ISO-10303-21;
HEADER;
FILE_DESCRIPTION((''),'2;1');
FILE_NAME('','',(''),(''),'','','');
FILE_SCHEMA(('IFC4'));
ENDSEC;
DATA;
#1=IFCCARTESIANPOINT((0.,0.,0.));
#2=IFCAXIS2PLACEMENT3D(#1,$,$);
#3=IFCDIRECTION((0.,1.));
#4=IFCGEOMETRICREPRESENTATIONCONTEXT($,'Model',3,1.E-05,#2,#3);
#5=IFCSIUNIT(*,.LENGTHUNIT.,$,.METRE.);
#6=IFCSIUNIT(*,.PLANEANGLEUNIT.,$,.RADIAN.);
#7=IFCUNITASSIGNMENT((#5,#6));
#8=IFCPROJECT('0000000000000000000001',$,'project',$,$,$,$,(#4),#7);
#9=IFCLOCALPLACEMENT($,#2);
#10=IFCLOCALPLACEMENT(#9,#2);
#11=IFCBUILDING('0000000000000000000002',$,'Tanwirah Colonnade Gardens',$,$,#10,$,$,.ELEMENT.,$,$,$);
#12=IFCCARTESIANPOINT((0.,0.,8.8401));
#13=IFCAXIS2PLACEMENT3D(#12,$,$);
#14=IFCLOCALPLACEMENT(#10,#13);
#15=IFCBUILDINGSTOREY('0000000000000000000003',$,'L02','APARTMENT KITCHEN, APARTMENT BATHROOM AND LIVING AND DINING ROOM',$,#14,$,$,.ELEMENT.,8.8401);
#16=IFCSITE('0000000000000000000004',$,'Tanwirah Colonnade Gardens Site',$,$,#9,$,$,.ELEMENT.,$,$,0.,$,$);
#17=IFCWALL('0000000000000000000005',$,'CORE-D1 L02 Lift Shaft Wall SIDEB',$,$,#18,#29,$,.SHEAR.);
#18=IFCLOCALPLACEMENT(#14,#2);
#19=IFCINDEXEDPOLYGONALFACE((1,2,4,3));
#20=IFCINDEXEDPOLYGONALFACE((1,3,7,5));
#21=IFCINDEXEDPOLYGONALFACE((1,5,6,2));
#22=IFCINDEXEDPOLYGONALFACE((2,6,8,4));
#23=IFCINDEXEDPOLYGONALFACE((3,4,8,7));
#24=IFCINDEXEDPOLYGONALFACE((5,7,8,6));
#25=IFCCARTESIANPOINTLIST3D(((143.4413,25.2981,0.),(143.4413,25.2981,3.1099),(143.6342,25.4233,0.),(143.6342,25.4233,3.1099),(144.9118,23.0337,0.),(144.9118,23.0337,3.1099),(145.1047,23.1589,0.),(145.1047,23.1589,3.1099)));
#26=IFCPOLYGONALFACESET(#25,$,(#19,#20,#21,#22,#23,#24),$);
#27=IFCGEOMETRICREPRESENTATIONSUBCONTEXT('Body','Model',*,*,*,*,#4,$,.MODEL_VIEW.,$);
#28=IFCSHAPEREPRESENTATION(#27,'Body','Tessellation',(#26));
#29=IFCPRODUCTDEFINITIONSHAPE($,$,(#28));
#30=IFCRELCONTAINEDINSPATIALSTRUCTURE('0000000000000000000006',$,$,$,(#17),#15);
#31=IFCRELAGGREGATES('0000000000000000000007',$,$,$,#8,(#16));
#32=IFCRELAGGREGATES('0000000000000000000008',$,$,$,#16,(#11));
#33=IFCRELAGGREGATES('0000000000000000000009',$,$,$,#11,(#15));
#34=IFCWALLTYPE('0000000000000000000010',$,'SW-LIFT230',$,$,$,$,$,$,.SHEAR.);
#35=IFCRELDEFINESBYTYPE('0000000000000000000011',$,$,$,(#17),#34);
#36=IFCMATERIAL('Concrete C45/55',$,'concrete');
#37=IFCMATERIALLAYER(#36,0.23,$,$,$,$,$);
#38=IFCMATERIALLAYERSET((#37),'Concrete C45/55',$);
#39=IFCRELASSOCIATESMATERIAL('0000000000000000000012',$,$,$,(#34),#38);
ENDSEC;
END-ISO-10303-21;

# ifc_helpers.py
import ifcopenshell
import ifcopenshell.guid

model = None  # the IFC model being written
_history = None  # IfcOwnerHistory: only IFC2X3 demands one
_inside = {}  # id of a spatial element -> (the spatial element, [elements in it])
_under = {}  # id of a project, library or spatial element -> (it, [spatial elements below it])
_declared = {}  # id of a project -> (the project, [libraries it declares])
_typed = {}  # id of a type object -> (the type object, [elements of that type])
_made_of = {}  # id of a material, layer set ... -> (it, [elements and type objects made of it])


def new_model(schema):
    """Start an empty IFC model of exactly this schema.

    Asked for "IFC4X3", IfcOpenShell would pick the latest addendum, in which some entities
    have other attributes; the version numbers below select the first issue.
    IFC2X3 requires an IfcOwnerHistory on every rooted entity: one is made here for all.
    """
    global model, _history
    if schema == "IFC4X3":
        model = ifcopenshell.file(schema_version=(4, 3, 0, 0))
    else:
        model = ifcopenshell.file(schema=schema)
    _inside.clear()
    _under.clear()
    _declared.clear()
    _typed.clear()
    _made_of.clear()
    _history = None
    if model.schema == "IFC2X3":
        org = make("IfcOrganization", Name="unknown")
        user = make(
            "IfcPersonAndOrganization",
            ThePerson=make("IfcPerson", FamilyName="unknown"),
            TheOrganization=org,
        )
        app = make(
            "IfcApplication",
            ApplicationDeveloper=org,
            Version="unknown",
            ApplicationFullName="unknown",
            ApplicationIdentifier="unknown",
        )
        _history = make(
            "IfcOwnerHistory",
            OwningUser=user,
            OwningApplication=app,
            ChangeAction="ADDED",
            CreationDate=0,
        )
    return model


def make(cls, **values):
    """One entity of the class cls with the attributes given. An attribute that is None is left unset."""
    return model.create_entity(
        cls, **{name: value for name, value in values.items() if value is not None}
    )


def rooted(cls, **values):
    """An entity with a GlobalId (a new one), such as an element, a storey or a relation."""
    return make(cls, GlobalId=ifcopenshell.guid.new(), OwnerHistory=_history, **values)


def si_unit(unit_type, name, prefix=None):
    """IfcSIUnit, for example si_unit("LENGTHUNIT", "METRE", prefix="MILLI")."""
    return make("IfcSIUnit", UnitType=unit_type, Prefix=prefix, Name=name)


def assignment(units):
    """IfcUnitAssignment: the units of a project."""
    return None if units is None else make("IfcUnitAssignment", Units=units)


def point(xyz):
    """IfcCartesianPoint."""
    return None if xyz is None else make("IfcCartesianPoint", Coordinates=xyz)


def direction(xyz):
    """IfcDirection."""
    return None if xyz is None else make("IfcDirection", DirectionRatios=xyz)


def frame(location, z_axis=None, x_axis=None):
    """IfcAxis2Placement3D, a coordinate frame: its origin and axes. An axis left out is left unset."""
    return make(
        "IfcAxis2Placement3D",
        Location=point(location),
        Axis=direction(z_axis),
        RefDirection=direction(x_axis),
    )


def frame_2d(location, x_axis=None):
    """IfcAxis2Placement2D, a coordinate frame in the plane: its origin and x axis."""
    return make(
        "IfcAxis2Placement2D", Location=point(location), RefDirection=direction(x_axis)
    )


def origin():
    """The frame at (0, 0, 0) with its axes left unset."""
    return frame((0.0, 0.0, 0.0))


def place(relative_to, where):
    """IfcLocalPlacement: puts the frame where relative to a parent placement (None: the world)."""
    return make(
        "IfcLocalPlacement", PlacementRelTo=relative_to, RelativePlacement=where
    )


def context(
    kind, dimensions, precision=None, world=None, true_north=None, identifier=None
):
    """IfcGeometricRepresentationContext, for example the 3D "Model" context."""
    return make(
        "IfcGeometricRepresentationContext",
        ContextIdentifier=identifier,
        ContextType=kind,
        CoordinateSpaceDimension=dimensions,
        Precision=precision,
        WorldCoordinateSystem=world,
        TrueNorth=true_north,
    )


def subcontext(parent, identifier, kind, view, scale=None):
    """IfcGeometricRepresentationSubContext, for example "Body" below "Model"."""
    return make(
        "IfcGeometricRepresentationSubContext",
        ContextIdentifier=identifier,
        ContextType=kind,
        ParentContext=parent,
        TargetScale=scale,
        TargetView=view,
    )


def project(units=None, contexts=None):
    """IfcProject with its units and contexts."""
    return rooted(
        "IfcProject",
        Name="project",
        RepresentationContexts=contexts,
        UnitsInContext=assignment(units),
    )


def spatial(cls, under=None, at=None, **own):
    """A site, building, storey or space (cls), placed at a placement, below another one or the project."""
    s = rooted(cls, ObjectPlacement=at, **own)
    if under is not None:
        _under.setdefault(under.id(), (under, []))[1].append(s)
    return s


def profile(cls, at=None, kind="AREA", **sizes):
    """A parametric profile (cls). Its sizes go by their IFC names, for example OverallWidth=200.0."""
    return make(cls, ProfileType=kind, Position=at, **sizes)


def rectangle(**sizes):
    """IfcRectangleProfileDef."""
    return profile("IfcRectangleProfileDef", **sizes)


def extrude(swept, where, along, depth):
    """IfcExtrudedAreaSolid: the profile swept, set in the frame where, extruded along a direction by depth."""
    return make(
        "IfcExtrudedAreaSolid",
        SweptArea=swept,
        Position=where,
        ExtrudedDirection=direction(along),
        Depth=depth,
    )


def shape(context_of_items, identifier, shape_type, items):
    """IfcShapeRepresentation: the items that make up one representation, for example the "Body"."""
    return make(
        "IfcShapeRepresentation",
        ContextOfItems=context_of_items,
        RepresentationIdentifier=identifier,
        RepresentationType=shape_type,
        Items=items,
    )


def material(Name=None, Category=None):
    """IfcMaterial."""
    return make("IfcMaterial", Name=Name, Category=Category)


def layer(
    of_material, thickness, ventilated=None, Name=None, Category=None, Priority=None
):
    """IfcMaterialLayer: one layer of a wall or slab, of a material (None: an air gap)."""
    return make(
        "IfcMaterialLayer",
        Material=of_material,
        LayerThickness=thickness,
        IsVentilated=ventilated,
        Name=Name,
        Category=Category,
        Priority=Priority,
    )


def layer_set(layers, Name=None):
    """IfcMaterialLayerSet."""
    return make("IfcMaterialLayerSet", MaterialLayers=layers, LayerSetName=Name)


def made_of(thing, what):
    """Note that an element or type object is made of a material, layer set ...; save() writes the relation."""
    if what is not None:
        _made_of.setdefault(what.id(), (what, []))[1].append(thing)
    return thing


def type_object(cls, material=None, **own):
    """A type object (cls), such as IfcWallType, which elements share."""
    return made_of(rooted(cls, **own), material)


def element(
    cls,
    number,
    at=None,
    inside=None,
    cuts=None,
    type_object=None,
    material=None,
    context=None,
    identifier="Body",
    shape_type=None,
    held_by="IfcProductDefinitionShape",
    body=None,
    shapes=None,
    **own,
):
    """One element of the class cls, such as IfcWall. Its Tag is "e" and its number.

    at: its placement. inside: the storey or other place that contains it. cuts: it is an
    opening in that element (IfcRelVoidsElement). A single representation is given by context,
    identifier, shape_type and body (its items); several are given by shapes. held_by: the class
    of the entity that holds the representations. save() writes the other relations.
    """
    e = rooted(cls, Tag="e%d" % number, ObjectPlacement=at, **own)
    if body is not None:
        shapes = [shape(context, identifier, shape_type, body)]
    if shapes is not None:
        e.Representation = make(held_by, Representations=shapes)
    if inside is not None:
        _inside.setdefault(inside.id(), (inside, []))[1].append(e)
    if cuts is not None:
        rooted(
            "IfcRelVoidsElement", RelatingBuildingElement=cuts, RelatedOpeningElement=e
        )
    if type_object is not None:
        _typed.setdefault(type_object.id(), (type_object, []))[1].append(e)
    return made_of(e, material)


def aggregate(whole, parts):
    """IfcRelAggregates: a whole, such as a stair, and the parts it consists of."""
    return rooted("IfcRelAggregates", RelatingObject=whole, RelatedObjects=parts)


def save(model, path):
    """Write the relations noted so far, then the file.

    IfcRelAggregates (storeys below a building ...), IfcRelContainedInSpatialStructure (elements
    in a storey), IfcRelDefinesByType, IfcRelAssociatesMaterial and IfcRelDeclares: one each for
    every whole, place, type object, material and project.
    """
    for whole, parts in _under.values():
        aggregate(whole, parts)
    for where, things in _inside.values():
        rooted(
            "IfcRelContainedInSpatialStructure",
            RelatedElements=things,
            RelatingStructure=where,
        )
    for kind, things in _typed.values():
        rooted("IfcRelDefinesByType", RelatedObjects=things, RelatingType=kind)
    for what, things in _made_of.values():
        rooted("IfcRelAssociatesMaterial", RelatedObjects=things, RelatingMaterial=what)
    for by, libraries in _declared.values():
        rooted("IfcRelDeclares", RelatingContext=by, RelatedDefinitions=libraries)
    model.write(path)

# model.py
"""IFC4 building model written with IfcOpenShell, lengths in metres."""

from ifc_helpers import new_model, si_unit, direction, frame, frame_2d, origin, place, context, subcontext, project, spatial, rectangle, extrude, material, layer, layer_set, type_object, element, save


model = new_model("IFC4")

# Units and contexts
model_context = context("Model", 3, precision=1e-05, world=origin(), true_north=direction((0.0, 1.0)))
body_context = subcontext(model_context, "Body", "Model", "MODEL_VIEW")
ifc_project = project(units=[si_unit("LENGTHUNIT", "METRE"), si_unit("PLANEANGLEUNIT", "RADIAN")], contexts=[model_context])

# Site, building, storey
site_placement = place(None, origin())
site = spatial("IfcSite", under=ifc_project, at=site_placement, Name="Tanwirah Colonnade Gardens Site", CompositionType="ELEMENT", RefElevation=0.0)
building_placement = place(site_placement, origin())
building = spatial("IfcBuilding", under=site, at=building_placement, Name="Tanwirah Colonnade Gardens", CompositionType="ELEMENT")
storey_placement = place(building_placement, frame((0.0, 0.0, 8.8401)))
storey = spatial("IfcBuildingStorey", under=building, at=storey_placement, Name="L02", Description="APARTMENT KITCHEN, APARTMENT BATHROOM AND LIVING AND DINING ROOM", CompositionType="ELEMENT", Elevation=8.8401)

# Wall
ifc_material_1 = material(Name="Concrete C45/55", Category="concrete")
ifc_layer_1 = layer(ifc_material_1, 0.23)
ifc_layer_set_1 = layer_set([ifc_layer_1], Name="Concrete C45/55")
wall_type_1 = type_object("IfcWallType", Name="SW-LIFT230", PredefinedType="SHEAR", material=ifc_layer_set_1)
wall_1_placement = place(storey_placement, frame((145.0083, 23.0962, 0.0), z_axis=(0.0, 0.0, 1.0), x_axis=(-0.544623, 0.838681, 0.0)))
element("IfcWall", 1, at=wall_1_placement, inside=storey, type_object=wall_type_1, Name="CORE-D1 L02 Lift Shaft Wall SIDEB", PredefinedType="SHEAR", context=body_context, shape_type="SweptSolid", body=[
    extrude(rectangle(XDim=2.7, YDim=0.23, at=frame_2d((1.3501, 0.0))), origin(), (0.0, 0.0, 1.0), 3.1099),
])

save(model, "model.ifc")
